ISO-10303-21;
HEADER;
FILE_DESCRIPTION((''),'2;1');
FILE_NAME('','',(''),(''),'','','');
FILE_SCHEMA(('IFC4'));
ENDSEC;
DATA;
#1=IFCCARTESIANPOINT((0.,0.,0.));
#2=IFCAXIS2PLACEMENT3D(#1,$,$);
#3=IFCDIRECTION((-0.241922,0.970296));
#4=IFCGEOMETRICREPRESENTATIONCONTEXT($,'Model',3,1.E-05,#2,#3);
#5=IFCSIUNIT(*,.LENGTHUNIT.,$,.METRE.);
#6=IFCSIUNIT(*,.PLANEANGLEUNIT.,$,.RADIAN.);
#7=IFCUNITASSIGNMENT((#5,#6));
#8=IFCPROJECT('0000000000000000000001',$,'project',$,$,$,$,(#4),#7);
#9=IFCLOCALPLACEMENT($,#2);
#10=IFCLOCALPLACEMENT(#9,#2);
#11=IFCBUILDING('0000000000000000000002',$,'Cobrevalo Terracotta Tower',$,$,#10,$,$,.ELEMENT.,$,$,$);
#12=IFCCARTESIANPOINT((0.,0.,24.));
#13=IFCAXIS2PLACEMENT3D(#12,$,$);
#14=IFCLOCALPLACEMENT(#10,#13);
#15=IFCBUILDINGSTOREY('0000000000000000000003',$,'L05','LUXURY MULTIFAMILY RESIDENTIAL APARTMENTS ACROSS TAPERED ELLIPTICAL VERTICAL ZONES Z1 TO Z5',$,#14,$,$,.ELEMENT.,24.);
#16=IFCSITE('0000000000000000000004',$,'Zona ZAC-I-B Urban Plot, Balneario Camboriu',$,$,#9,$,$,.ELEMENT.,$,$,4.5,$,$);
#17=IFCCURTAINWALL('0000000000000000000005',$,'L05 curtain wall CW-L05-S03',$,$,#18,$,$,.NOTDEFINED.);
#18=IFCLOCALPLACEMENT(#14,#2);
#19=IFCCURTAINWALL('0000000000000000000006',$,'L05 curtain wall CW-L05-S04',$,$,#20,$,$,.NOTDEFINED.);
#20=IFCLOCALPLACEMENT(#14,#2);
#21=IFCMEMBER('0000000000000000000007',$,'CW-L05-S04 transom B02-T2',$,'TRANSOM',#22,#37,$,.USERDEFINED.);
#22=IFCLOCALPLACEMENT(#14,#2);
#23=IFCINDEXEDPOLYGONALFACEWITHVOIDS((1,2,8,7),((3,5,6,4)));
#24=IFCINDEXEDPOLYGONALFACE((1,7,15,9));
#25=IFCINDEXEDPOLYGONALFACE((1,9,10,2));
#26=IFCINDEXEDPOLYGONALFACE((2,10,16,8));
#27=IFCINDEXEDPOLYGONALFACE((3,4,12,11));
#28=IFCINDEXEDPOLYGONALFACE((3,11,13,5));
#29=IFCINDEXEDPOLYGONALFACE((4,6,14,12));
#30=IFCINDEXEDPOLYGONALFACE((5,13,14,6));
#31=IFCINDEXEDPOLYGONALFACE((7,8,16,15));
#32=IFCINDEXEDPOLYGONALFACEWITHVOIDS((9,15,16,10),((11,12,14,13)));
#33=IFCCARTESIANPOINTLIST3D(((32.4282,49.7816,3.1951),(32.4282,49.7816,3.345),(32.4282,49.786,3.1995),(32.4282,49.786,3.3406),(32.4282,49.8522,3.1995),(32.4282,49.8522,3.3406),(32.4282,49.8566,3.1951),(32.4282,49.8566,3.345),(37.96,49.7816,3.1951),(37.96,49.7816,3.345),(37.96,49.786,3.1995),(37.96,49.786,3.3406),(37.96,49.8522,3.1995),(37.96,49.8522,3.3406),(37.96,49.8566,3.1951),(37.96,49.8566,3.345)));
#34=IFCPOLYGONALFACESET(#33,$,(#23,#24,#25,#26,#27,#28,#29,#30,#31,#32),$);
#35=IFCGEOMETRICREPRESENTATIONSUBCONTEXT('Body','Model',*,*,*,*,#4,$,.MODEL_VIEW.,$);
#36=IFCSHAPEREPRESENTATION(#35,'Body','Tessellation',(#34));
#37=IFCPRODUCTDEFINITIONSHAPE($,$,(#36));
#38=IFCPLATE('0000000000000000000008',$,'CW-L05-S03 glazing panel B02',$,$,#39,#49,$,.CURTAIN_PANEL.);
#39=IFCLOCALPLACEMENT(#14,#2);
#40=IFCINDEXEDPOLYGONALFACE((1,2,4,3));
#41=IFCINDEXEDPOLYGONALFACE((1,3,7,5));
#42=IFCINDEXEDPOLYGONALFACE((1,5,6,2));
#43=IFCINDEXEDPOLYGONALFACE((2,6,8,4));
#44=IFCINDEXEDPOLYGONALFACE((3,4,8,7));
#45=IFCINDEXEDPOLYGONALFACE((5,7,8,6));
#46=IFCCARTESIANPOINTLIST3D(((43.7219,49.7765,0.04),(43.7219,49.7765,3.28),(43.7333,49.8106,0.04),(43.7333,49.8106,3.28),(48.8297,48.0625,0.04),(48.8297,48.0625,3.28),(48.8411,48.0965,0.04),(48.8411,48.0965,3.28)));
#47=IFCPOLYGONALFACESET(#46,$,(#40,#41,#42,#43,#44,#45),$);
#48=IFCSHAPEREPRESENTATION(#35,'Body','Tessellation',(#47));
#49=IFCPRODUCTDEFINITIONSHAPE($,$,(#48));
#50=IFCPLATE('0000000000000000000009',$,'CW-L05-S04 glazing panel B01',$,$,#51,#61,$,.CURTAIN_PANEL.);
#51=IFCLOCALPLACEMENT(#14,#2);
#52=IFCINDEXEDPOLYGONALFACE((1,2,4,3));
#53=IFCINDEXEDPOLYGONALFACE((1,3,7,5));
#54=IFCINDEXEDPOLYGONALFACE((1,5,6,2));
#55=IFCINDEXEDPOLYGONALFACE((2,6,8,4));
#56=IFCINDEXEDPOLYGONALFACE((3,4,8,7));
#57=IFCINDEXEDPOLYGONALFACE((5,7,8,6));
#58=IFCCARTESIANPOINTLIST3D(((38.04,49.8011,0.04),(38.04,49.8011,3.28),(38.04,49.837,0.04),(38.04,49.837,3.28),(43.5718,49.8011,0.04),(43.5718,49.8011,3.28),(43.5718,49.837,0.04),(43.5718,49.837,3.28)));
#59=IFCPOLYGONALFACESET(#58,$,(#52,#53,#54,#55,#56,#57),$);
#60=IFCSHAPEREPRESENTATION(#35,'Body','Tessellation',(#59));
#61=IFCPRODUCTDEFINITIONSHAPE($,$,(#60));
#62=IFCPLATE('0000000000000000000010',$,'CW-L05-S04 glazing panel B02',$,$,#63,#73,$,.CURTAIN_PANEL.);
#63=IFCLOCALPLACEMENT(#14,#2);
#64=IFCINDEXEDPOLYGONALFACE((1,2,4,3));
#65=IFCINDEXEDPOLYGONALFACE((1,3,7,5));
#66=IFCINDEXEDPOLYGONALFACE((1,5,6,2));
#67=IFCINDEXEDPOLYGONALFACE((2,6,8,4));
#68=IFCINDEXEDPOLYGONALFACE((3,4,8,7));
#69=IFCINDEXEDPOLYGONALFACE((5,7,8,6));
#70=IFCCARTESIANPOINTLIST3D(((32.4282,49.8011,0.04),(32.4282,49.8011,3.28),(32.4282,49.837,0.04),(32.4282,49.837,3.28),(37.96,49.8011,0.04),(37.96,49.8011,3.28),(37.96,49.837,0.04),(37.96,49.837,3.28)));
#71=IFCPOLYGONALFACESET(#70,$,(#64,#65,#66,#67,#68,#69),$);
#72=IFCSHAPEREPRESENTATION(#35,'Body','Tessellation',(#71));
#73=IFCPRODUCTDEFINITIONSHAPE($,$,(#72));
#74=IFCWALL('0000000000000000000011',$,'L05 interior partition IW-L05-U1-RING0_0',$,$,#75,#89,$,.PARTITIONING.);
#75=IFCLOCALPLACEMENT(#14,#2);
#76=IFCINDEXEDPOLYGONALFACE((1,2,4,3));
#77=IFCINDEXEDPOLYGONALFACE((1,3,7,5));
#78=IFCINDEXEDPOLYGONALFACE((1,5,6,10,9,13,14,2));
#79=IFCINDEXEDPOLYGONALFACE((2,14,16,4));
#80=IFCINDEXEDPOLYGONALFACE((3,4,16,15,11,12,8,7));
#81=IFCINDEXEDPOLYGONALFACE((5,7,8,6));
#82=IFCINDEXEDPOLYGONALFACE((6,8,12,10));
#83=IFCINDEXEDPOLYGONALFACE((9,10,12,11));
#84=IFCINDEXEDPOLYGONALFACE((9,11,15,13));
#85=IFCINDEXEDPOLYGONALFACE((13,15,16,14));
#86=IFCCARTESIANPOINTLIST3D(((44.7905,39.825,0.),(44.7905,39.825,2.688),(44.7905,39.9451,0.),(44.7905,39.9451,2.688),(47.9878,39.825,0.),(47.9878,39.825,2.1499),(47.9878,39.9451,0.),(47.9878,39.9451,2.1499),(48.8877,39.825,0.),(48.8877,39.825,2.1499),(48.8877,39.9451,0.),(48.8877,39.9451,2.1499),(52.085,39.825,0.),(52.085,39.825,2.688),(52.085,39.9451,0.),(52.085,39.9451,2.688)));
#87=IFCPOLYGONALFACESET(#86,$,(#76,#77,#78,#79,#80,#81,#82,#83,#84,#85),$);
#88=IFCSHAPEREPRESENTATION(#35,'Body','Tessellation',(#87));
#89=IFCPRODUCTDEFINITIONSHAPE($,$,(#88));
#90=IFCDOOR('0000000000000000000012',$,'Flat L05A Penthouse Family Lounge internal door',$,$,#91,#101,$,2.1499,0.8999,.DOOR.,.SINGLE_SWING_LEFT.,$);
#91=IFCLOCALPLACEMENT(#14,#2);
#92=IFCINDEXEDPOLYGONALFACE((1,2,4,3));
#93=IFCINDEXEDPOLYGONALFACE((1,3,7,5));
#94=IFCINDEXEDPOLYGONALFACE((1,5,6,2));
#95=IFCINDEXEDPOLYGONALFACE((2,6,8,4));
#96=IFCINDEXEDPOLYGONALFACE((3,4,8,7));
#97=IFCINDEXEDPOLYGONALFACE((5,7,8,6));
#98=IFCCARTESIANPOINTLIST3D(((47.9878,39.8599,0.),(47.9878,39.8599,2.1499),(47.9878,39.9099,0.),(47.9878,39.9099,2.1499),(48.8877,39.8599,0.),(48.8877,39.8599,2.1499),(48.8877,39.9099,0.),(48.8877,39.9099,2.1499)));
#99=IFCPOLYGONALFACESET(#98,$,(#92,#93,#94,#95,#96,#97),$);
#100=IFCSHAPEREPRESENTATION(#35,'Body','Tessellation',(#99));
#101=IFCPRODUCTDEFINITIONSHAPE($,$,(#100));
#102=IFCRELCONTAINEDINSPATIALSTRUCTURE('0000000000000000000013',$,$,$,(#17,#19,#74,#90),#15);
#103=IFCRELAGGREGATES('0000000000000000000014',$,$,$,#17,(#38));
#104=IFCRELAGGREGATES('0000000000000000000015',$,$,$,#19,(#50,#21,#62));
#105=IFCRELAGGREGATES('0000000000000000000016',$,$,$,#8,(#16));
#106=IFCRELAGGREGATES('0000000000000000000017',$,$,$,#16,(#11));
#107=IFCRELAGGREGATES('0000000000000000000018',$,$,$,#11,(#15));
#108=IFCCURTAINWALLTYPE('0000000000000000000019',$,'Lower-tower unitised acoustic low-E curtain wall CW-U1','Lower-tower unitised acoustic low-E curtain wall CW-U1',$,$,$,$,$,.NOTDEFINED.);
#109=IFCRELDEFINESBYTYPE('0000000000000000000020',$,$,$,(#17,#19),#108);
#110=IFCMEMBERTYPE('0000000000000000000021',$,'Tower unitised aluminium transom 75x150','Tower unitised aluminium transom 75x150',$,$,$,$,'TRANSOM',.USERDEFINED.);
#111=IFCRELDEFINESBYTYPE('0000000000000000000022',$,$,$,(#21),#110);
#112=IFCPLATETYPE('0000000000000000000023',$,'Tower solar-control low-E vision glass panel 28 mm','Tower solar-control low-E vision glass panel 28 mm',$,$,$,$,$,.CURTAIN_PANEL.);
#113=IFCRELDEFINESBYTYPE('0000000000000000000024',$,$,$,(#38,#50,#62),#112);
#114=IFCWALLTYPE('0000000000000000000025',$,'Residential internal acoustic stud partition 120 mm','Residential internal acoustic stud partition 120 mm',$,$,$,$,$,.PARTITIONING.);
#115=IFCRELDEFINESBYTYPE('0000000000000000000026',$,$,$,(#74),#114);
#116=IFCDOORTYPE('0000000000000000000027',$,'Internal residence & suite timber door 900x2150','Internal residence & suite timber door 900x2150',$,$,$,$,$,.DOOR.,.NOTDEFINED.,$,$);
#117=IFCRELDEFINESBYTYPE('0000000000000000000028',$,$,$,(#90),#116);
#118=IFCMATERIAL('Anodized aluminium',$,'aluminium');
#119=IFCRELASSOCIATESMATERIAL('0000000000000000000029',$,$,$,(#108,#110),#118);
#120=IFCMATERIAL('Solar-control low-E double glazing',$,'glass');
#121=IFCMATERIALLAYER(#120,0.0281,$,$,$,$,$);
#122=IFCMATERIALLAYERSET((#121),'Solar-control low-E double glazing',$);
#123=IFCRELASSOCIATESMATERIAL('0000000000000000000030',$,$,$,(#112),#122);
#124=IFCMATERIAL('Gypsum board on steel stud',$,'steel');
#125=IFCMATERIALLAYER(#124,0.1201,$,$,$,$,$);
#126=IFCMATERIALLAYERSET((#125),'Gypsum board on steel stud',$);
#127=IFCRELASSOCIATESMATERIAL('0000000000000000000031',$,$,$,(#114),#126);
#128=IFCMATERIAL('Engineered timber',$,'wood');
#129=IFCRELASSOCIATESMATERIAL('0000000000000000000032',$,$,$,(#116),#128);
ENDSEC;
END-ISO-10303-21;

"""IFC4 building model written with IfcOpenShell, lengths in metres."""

from ifc_helpers import new_model, si_unit, direction, frame, frame_2d, origin, origin_2d, place, context, subcontext, project, spatial, rectangle, hollow_rectangle, extrude, source, transform, mapped, material, layer, layer_set, material_profile, profile_set, type_object, element, fill, aggregate, save


model = new_model("IFC4")

# Units and contexts
model_context = context("Model", 3, precision=1e-05, world=origin(), true_north=direction((-0.241922, 0.970296)))
body_context = subcontext(model_context, "Body", "Model", "MODEL_VIEW")
ifc_project = project(units=[si_unit("LENGTHUNIT", "METRE"), si_unit("PLANEANGLEUNIT", "RADIAN")], contexts=[model_context])

# Site, building, storey
site_placement = place(None, origin())
site = spatial("IfcSite", under=ifc_project, at=site_placement, Name="Zona ZAC-I-B Urban Plot, Balneario Camboriu", CompositionType="ELEMENT", RefElevation=4.5)
building_placement = place(site_placement, origin())
building = spatial("IfcBuilding", under=site, at=building_placement, Name="Cobrevalo Terracotta Tower", CompositionType="ELEMENT")
storey_placement = place(building_placement, frame((0.0, 0.0, 24.0)))
storey = spatial("IfcBuildingStorey", under=building, at=storey_placement, Name="L05", Description="LUXURY MULTIFAMILY RESIDENTIAL APARTMENTS ACROSS TAPERED ELLIPTICAL VERTICAL ZONES Z1 TO Z5", CompositionType="ELEMENT", Elevation=24.0)

# Curtain walls
ifc_material_1 = material(Name="Anodized aluminium", Category="aluminium")
curtain_wall_type = type_object("IfcCurtainWallType", Name="Lower-tower unitised acoustic low-E curtain wall CW-U1", Description="Lower-tower unitised acoustic low-E curtain wall CW-U1", PredefinedType="NOTDEFINED", material=ifc_material_1)
curtain_wall_1_placement = place(storey_placement, origin())
curtain_wall_1 = element("IfcCurtainWall", 1, at=curtain_wall_1_placement, inside=storey, type_object=curtain_wall_type, Name="L05 curtain wall CW-L05-S03", PredefinedType="NOTDEFINED")
curtain_wall_2_placement = place(storey_placement, origin())
curtain_wall_2 = element("IfcCurtainWall", 2, at=curtain_wall_2_placement, inside=storey, type_object=curtain_wall_type, Name="L05 curtain wall CW-L05-S04", PredefinedType="NOTDEFINED")

# Member
ifc_material_profile_1 = material_profile(ifc_material_1, hollow_rectangle(XDim=0.075, YDim=0.1499, WallThickness=0.0044, at=origin_2d()), Name="CWT 75x150")
ifc_profile_set_1 = profile_set([ifc_material_profile_1], Name="Anodized aluminium")
member_type_1 = type_object("IfcMemberType", Name="Tower unitised aluminium transom 75x150", Description="Tower unitised aluminium transom 75x150", ElementType="TRANSOM", PredefinedType="USERDEFINED", material=ifc_profile_set_1)
shared_shape_1 = source(origin(), body_context, "Body", "SweptSolid", [
    extrude(hollow_rectangle(XDim=0.075, YDim=0.1499, WallThickness=0.0044, at=origin_2d()), origin(), (0.0, 0.0, 1.0), 5.5317),
])
member_1_placement = place(storey_placement, frame((37.96, 49.8191, 3.27), z_axis=(-1.0, 0.0, 0.0), x_axis=(0.0, -1.0, 0.0)))
member_1 = element("IfcMember", 3, at=member_1_placement, type_object=member_type_1, Name="CW-L05-S04 transom B02-T2", ObjectType="TRANSOM", PredefinedType="USERDEFINED", context=body_context, shape_type="MappedRepresentation", body=[
    mapped(shared_shape_1, transform((0.0, 0.0, 0.0), scale=1.0)),
])

# Plates
ifc_material_2 = material(Name="Solar-control low-E double glazing", Category="glass")
ifc_layer_1 = layer(ifc_material_2, 0.0281)
ifc_layer_set_1 = layer_set([ifc_layer_1], Name="Solar-control low-E double glazing")
plate_type = type_object("IfcPlateType", Name="Tower solar-control low-E vision glass panel 28 mm", Description="Tower solar-control low-E vision glass panel 28 mm", PredefinedType="CURTAIN_PANEL", material=ifc_layer_set_1)
shared_shape_2 = source(origin(), body_context, "Body", "SweptSolid", [
    extrude(rectangle(XDim=5.3877, YDim=0.0359, at=origin_2d()), origin(), (0.0, 0.0, 1.0), 3.24),
])
plate_1_placement = place(storey_placement, frame((46.2815, 48.9365, 0.04), z_axis=(0.0, 0.0, 1.0), x_axis=(-0.948044, 0.318139, 0.0)))
plate_1 = element("IfcPlate", 4, at=plate_1_placement, type_object=plate_type, Name="CW-L05-S03 glazing panel B02", PredefinedType="CURTAIN_PANEL", context=body_context, shape_type="MappedRepresentation", body=[
    mapped(shared_shape_2, transform((0.0, 0.0, 0.0), scale=1.0)),
])
aggregate(curtain_wall_1, [plate_1])
shared_shape_3 = source(origin(), body_context, "Body", "SweptSolid", [
    extrude(rectangle(XDim=5.5317, YDim=0.0359, at=origin_2d()), origin(), (0.0, 0.0, 1.0), 3.24),
])
plate_2_placement = place(storey_placement, frame((40.8059, 49.8191, 0.04), z_axis=(0.0, 0.0, 1.0), x_axis=(-1.0, 0.0, 0.0)))
plate_2 = element("IfcPlate", 5, at=plate_2_placement, type_object=plate_type, Name="CW-L05-S04 glazing panel B01", PredefinedType="CURTAIN_PANEL", context=body_context, shape_type="MappedRepresentation", body=[
    mapped(shared_shape_3, transform((0.0, 0.0, 0.0), scale=1.0)),
])
plate_3_placement = place(storey_placement, frame((35.1941, 49.8191, 0.04), z_axis=(0.0, 0.0, 1.0), x_axis=(-1.0, 0.0, 0.0)))
plate_3 = element("IfcPlate", 6, at=plate_3_placement, type_object=plate_type, Name="CW-L05-S04 glazing panel B02", PredefinedType="CURTAIN_PANEL", context=body_context, shape_type="MappedRepresentation", body=[
    mapped(shared_shape_3, transform((0.0, 0.0, 0.0), scale=1.0)),
])
aggregate(curtain_wall_2, [plate_2, member_1, plate_3])

# Wall, opening, door
ifc_material_3 = material(Name="Gypsum board on steel stud", Category="steel")
ifc_layer_2 = layer(ifc_material_3, 0.1201)
ifc_layer_set_2 = layer_set([ifc_layer_2], Name="Gypsum board on steel stud")
wall_type = type_object("IfcWallType", Name="Residential internal acoustic stud partition 120 mm", Description="Residential internal acoustic stud partition 120 mm", PredefinedType="PARTITIONING", material=ifc_layer_set_2)
wall_1_placement = place(storey_placement, frame((44.7905, 39.885, 0.0), z_axis=(0.0, 0.0, 1.0), x_axis=(1.0, 0.0, 0.0)))
wall_1 = element("IfcWall", 7, at=wall_1_placement, inside=storey, type_object=wall_type, Name="L05 interior partition IW-L05-U1-RING0_0", PredefinedType="PARTITIONING", context=body_context, shape_type="SweptSolid", body=[
    extrude(rectangle(XDim=7.2944, YDim=0.1201, at=frame_2d((3.6472, 0.0))), origin(), (0.0, 0.0, 1.0), 2.688),
])
opening_1_placement = place(wall_1_placement, frame((3.1973, 0.0, 0.0)))
opening_1 = element("IfcOpeningElement", 8, at=opening_1_placement, cuts=wall_1, PredefinedType="OPENING", context=body_context, shape_type="SweptSolid", body=[
    extrude(rectangle(XDim=0.8999, YDim=2.1499, at=frame_2d((0.45, 1.075))), frame((0.0, 0.0701, 0.0), z_axis=(0.0, -1.0, 0.0), x_axis=(1.0, 0.0, 0.0)), (0.0, 0.0, 1.0), 0.1401),
])
ifc_material_4 = material(Name="Engineered timber", Category="wood")
door_type_1 = type_object("IfcDoorType", Name="Internal residence & suite timber door 900x2150", Description="Internal residence & suite timber door 900x2150", OperationType="NOTDEFINED", PredefinedType="DOOR", material=ifc_material_4)
shared_shape_4 = source(origin(), body_context, "Body", "SweptSolid", [
    extrude(rectangle(XDim=0.8999, YDim=2.1499, at=frame_2d((0.45, 1.075))), frame((0.0, 0.0249, 0.0), z_axis=(0.0, -1.0, 0.0), x_axis=(1.0, 0.0, 0.0)), (0.0, 0.0, 1.0), 0.05),
])
door_1_placement = place(opening_1_placement, origin())
door_1 = element("IfcDoor", 9, at=door_1_placement, inside=storey, type_object=door_type_1, Name="Flat L05A Penthouse Family Lounge internal door", OperationType="SINGLE_SWING_LEFT", OverallHeight=2.1499, OverallWidth=0.8999, PredefinedType="DOOR", context=body_context, shape_type="MappedRepresentation", body=[
    mapped(shared_shape_4, transform((0.0, 0.0, 0.0), scale=1.0)),
])
fill(opening_1, door_1)

save(model, "model.ifc")
